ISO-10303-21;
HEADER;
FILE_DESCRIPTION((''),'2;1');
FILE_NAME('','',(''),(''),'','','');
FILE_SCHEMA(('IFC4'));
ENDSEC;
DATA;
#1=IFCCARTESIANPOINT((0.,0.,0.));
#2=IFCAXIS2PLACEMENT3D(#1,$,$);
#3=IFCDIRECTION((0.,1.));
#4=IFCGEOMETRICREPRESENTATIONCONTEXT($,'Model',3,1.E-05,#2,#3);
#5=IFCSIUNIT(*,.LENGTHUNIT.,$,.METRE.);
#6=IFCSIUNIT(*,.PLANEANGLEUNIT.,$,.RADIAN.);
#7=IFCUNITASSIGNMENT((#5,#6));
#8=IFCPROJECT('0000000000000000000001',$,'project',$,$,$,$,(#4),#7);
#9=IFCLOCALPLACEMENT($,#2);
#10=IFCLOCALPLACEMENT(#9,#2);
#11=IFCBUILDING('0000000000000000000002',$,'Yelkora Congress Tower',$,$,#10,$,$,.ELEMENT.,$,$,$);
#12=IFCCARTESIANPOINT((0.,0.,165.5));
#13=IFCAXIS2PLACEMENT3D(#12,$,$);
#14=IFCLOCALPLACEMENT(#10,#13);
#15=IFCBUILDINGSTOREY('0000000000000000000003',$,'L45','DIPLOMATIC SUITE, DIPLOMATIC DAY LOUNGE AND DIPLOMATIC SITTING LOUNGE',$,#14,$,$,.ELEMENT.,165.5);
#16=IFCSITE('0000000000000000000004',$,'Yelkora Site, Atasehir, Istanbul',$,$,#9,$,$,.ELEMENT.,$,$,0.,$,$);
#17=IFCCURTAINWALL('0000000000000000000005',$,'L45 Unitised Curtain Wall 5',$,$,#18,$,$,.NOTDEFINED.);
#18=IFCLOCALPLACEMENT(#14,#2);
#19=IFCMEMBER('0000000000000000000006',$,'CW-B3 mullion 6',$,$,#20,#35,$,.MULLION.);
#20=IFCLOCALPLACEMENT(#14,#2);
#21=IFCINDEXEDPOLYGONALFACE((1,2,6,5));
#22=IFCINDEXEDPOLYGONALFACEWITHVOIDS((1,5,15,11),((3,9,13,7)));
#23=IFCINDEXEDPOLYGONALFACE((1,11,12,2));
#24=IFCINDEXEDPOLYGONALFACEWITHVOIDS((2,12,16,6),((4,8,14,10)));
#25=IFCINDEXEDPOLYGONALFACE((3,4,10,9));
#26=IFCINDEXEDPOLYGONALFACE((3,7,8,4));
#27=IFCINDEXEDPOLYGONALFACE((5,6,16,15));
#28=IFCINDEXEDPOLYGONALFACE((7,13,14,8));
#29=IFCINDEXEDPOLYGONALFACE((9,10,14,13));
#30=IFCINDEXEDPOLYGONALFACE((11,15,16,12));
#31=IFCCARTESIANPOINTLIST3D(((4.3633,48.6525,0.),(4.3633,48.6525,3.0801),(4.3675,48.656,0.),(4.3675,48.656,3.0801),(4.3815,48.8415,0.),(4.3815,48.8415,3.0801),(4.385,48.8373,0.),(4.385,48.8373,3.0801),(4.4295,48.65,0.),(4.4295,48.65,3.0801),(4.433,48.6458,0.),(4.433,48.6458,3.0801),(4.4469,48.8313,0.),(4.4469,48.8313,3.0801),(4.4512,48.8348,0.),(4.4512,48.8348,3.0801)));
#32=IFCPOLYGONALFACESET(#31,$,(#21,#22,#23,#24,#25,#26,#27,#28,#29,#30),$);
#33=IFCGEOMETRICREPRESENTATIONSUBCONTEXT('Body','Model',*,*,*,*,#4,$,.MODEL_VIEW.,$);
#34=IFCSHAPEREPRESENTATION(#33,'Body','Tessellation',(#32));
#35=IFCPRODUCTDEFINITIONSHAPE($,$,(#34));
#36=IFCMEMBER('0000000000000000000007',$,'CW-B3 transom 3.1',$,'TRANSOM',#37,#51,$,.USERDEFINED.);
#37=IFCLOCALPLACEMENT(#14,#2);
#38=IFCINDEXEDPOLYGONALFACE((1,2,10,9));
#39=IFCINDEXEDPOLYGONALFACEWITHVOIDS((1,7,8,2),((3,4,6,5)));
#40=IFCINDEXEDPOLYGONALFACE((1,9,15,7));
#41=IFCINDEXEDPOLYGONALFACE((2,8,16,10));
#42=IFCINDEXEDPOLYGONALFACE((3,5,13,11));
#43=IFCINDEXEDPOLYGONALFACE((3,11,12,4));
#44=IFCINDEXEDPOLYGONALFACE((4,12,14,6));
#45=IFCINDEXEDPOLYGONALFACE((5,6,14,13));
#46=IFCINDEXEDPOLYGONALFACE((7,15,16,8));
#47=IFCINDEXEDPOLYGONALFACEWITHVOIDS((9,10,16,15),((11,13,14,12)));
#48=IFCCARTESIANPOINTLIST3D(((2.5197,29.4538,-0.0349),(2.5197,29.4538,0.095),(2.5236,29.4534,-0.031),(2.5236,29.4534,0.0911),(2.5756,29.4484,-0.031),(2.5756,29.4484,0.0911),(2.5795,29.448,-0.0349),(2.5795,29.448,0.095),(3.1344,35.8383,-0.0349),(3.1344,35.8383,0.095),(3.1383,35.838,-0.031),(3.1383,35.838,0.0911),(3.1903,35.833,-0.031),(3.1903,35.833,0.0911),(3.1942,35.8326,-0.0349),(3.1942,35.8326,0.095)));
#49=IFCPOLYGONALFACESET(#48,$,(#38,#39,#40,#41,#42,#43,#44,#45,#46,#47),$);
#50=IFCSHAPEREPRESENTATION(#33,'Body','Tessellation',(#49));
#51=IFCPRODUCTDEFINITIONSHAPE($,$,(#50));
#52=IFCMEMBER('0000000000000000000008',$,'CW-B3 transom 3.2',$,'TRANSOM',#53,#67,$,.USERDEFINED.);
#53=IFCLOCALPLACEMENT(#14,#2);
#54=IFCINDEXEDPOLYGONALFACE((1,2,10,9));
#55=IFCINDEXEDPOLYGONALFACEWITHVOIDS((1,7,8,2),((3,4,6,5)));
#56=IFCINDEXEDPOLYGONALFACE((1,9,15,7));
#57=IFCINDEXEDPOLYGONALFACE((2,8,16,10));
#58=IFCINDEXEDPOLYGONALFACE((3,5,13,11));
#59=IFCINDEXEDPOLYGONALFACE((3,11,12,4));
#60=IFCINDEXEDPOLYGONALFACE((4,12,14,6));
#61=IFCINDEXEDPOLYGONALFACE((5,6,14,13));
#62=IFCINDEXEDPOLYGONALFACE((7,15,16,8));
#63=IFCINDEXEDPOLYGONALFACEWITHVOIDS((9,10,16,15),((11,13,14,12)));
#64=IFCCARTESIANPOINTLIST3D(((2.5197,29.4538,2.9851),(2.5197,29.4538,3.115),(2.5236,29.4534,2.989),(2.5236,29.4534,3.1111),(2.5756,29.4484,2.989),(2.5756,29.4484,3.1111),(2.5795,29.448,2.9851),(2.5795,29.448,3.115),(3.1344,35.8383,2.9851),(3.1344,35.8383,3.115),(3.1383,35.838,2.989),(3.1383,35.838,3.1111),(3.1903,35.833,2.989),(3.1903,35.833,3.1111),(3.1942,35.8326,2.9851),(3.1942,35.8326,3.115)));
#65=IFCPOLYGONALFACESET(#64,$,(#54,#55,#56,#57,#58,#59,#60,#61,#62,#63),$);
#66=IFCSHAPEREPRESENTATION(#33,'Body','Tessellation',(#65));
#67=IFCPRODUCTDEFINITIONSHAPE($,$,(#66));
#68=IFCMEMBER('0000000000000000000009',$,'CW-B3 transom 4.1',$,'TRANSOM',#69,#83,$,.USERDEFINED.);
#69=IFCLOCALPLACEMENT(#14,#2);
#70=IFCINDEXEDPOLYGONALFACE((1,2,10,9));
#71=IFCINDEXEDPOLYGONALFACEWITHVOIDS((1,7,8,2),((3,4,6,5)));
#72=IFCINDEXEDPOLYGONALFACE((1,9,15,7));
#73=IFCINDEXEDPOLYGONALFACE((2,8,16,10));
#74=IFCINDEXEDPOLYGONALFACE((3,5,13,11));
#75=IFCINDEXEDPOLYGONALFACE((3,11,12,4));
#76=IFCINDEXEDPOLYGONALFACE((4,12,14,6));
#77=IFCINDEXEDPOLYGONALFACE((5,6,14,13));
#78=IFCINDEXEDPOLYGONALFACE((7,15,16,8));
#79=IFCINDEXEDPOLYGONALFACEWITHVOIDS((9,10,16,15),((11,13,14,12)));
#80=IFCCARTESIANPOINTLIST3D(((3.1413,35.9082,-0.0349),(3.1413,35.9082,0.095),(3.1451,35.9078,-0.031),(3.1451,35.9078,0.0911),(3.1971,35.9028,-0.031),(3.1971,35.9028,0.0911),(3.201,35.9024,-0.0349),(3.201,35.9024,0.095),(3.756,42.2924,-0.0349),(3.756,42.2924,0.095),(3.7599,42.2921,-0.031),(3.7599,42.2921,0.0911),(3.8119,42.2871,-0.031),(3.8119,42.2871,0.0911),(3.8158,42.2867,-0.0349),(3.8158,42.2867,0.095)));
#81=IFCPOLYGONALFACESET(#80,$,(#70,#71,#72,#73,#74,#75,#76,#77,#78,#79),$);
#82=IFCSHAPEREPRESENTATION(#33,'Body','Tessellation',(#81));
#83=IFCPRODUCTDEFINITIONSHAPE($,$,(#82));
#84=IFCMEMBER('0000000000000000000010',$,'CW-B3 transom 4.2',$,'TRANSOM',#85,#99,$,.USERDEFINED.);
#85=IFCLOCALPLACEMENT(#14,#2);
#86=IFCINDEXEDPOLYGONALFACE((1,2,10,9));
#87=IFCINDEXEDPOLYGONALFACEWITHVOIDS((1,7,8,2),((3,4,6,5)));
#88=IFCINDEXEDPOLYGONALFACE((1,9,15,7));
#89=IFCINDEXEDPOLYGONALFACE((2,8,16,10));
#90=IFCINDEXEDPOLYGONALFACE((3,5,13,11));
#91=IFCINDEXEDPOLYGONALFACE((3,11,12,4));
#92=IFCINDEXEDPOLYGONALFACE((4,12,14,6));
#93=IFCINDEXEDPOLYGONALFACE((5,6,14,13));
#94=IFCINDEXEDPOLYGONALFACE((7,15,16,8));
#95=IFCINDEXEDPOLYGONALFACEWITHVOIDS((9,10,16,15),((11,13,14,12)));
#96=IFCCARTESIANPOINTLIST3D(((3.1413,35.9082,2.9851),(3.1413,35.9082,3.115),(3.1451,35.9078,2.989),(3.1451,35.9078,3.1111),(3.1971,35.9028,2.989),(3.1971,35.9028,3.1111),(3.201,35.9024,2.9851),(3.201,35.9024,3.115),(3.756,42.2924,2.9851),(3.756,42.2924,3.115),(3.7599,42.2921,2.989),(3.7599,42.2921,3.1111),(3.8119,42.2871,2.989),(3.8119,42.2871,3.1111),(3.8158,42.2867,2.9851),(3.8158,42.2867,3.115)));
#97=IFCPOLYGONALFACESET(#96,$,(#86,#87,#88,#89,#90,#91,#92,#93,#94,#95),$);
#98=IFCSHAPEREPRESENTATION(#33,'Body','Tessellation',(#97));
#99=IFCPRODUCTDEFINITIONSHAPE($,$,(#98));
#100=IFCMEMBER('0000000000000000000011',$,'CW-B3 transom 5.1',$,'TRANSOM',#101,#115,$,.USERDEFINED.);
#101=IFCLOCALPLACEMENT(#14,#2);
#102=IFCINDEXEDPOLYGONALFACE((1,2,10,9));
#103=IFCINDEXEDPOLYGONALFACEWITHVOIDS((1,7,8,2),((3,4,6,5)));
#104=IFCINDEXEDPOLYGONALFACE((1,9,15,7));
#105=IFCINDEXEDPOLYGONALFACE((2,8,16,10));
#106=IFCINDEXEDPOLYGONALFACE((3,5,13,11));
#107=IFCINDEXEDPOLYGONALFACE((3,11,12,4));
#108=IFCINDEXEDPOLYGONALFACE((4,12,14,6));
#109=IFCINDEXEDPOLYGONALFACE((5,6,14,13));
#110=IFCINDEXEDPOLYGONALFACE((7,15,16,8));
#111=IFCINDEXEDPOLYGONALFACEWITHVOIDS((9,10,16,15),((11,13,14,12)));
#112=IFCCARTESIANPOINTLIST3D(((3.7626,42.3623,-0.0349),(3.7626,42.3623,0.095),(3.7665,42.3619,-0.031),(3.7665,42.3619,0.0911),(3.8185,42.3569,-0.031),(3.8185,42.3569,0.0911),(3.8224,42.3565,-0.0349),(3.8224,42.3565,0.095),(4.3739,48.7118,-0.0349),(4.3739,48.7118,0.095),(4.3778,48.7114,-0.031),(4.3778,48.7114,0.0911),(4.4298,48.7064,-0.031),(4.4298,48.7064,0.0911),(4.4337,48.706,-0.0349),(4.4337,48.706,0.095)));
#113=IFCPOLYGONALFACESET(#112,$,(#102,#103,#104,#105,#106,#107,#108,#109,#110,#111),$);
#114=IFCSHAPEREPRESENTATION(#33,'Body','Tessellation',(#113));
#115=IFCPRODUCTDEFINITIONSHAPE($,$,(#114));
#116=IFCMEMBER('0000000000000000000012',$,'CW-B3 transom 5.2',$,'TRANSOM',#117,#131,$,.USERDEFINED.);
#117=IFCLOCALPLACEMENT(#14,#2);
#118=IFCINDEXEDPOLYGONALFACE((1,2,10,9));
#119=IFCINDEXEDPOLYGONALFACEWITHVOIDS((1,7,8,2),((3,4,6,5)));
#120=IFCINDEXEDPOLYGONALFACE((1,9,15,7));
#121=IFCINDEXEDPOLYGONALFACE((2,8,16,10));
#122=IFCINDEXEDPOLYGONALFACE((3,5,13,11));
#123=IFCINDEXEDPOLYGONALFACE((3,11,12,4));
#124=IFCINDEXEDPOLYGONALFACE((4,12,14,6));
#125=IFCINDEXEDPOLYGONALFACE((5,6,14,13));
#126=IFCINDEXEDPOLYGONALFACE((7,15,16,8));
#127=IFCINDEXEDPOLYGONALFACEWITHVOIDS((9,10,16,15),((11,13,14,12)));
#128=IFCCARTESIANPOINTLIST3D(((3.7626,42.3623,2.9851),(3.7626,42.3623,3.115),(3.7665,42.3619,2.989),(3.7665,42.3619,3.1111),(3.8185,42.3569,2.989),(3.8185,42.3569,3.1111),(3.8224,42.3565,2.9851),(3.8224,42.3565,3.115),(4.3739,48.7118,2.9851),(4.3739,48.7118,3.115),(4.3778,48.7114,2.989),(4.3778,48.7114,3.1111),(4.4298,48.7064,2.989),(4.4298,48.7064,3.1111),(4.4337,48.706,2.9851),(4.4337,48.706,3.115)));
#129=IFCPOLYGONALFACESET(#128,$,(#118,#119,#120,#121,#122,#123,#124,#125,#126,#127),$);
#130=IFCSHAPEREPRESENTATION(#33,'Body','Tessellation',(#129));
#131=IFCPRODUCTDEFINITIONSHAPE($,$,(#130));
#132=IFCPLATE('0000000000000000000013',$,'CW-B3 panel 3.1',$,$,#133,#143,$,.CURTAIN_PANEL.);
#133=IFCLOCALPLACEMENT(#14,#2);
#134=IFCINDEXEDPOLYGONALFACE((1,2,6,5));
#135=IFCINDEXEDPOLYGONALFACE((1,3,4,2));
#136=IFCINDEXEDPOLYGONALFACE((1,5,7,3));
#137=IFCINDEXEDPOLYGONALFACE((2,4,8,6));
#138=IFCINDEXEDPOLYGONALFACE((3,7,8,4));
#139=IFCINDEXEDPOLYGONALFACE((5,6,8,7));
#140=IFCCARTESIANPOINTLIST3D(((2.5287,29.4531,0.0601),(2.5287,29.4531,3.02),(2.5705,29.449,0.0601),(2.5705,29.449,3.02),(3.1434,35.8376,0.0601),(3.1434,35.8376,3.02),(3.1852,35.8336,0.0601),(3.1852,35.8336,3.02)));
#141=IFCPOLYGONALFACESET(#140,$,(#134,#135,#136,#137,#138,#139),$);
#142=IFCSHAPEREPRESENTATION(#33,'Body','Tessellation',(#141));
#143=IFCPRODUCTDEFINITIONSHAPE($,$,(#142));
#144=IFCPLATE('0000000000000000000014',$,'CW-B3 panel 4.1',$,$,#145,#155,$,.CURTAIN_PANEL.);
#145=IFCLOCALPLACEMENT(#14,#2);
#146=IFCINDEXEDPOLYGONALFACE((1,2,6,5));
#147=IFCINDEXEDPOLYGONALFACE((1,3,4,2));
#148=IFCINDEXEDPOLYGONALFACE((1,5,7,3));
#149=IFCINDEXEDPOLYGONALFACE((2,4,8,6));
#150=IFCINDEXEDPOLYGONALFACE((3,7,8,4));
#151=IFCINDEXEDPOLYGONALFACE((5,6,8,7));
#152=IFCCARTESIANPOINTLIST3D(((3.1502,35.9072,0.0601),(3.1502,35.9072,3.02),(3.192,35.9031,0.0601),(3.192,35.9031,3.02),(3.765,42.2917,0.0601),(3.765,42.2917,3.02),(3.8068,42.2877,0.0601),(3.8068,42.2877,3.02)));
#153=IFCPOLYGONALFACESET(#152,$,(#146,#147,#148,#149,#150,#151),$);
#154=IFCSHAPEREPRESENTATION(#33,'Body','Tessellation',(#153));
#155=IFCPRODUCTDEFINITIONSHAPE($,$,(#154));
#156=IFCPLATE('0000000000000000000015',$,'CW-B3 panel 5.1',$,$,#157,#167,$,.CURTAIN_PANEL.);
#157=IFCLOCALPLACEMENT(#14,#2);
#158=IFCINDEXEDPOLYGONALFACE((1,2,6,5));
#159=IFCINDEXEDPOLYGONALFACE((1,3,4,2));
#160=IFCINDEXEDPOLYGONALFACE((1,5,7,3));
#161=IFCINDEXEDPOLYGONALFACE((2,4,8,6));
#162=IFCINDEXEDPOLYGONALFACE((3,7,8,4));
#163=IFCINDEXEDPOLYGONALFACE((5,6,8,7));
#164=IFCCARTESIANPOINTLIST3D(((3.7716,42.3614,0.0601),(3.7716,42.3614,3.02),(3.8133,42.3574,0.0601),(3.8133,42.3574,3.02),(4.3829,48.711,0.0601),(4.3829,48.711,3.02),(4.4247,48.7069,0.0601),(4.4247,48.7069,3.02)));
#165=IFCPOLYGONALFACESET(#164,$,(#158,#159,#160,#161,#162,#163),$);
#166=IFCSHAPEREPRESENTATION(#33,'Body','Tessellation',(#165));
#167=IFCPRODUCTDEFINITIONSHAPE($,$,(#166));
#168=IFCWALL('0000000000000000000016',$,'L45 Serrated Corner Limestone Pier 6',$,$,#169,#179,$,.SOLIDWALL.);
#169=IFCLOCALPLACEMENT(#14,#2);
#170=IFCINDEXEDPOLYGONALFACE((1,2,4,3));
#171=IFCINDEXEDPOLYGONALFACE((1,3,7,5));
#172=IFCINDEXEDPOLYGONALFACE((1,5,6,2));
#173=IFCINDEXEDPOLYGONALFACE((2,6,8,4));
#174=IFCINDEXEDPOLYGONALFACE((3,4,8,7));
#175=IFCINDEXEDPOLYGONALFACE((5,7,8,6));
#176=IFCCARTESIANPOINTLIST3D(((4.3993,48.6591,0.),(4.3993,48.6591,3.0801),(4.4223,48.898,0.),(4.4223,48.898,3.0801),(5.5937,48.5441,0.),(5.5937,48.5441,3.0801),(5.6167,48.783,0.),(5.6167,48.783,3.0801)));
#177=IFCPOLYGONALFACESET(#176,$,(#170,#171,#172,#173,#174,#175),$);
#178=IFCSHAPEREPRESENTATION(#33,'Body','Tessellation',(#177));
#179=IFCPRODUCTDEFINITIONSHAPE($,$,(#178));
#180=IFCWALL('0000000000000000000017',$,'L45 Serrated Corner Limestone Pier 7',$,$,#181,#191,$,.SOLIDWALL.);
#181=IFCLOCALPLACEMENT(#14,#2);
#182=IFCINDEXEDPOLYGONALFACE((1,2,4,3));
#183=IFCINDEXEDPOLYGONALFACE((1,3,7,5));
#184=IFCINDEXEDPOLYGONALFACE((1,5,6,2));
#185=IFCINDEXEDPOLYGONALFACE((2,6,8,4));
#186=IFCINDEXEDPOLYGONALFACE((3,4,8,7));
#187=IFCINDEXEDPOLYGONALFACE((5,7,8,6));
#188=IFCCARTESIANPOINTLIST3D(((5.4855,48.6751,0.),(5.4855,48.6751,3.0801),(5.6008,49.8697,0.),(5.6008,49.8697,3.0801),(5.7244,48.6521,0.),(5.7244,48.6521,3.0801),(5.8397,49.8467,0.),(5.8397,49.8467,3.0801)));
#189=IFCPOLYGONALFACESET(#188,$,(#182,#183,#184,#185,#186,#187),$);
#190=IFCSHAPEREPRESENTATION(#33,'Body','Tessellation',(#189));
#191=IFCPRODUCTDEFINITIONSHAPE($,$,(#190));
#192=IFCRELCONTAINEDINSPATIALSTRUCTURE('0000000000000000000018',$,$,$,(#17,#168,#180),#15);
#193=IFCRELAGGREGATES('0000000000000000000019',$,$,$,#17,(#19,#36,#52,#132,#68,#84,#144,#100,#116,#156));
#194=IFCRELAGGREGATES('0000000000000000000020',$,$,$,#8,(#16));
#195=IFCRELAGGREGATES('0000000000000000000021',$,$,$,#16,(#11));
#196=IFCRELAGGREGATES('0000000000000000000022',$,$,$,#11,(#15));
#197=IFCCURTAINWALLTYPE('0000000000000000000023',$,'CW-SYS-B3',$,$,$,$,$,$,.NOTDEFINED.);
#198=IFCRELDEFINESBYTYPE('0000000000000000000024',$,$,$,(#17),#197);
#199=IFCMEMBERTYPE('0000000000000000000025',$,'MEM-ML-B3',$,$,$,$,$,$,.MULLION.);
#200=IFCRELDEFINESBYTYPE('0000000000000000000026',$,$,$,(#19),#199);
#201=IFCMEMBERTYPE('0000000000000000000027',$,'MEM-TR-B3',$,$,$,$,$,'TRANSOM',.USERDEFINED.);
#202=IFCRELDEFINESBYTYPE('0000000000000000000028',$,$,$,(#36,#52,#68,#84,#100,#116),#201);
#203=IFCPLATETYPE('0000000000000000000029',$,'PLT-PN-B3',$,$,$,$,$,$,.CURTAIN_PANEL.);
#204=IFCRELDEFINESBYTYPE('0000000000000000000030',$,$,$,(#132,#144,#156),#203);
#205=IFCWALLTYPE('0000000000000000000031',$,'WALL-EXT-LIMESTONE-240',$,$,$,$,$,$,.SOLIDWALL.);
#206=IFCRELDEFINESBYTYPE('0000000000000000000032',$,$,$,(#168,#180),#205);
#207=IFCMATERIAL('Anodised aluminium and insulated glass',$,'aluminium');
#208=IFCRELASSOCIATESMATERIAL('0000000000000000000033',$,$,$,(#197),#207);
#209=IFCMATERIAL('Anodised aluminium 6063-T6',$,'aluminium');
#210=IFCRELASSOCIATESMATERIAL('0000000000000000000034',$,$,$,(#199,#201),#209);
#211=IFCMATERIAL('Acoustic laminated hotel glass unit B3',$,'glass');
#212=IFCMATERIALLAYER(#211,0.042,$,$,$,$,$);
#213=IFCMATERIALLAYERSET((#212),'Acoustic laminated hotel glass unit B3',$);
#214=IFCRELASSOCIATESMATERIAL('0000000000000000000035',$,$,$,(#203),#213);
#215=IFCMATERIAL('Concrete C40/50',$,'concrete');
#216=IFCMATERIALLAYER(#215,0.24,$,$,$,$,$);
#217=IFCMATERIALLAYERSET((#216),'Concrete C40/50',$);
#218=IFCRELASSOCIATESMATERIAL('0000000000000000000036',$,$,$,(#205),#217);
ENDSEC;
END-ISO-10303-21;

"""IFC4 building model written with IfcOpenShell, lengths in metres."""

from ifc_helpers import new_model, si_unit, direction, frame, frame_2d, origin, origin_2d, place, context, subcontext, project, spatial, rectangle, hollow_rectangle, extrude, material, layer, layer_set, material_profile, profile_set, type_object, element, aggregate, save


model = new_model("IFC4")

# Units and contexts
model_context = context("Model", 3, precision=1e-05, world=origin(), true_north=direction((0.0, 1.0)))
body_context = subcontext(model_context, "Body", "Model", "MODEL_VIEW")
ifc_project = project(units=[si_unit("LENGTHUNIT", "METRE"), si_unit("PLANEANGLEUNIT", "RADIAN")], contexts=[model_context])

# Site, building, storey
site_placement = place(None, origin())
site = spatial("IfcSite", under=ifc_project, at=site_placement, Name="Yelkora Site, Atasehir, Istanbul", CompositionType="ELEMENT", RefElevation=0.0)
building_placement = place(site_placement, origin())
building = spatial("IfcBuilding", under=site, at=building_placement, Name="Yelkora Congress Tower", CompositionType="ELEMENT")
storey_placement = place(building_placement, frame((0.0, 0.0, 165.5)))
storey = spatial("IfcBuildingStorey", under=building, at=storey_placement, Name="L45", Description="DIPLOMATIC SUITE, DIPLOMATIC DAY LOUNGE AND DIPLOMATIC SITTING LOUNGE", CompositionType="ELEMENT", Elevation=165.5)

# Curtain wall, members, plates
ifc_material_1 = material(Name="Anodised aluminium and insulated glass", Category="aluminium")
curtain_wall_type = type_object("IfcCurtainWallType", Name="CW-SYS-B3", PredefinedType="NOTDEFINED", material=ifc_material_1)
curtain_wall_placement = place(storey_placement, origin())
curtain_wall = element("IfcCurtainWall", 1, at=curtain_wall_placement, inside=storey, type_object=curtain_wall_type, Name="L45 Unitised Curtain Wall 5", PredefinedType="NOTDEFINED")
ifc_material_2 = material(Name="Anodised aluminium 6063-T6", Category="aluminium")
ifc_material_profile_1 = material_profile(ifc_material_2, hollow_rectangle(XDim=0.0701, YDim=0.1899, WallThickness=0.0039, at=origin_2d()), Name="ALU 70x190x4")
ifc_profile_set_1 = profile_set([ifc_material_profile_1], Name="Anodised aluminium 6063-T6")
member_type_1 = type_object("IfcMemberType", Name="MEM-ML-B3", PredefinedType="MULLION", material=ifc_profile_set_1)
member_1_placement = place(storey_placement, frame((4.4072, 48.7437, 0.0), z_axis=(0.0, 0.0, 1.0), x_axis=(-0.995396, 0.095845, 0.0)))
member_1 = element("IfcMember", 2, at=member_1_placement, type_object=member_type_1, Name="CW-B3 mullion 6", PredefinedType="MULLION", context=body_context, shape_type="SweptSolid", body=[
    extrude(hollow_rectangle(XDim=0.0701, YDim=0.1899, WallThickness=0.0039, at=origin_2d()), origin(), (0.0, 0.0, 1.0), 3.0801),
])
ifc_material_profile_2 = material_profile(ifc_material_2, hollow_rectangle(XDim=0.0601, YDim=0.1299, WallThickness=0.0039, at=origin_2d()), Name="ALU 60x130x4")
ifc_profile_set_2 = profile_set([ifc_material_profile_2], Name="Anodised aluminium 6063-T6")
member_type_2 = type_object("IfcMemberType", Name="MEM-TR-B3", ElementType="TRANSOM", PredefinedType="USERDEFINED", material=ifc_profile_set_2)
member_2_placement = place(storey_placement, frame((2.5496, 29.4509, 0.03), z_axis=(0.095844, 0.995396, 0.0), x_axis=(-0.995396, 0.095844, 0.0)))
member_2 = element("IfcMember", 3, at=member_2_placement, type_object=member_type_2, Name="CW-B3 transom 3.1", ObjectType="TRANSOM", PredefinedType="USERDEFINED", context=body_context, shape_type="SweptSolid", body=[
    extrude(hollow_rectangle(XDim=0.0601, YDim=0.1299, WallThickness=0.0039, at=origin_2d()), origin(), (0.0, 0.0, 1.0), 6.4141),
])
member_3_placement = place(storey_placement, frame((2.5496, 29.4509, 3.05), z_axis=(0.095844, 0.995396, 0.0), x_axis=(-0.995396, 0.095844, 0.0)))
member_3 = element("IfcMember", 4, at=member_3_placement, type_object=member_type_2, Name="CW-B3 transom 3.2", ObjectType="TRANSOM", PredefinedType="USERDEFINED", context=body_context, shape_type="SweptSolid", body=[
    extrude(hollow_rectangle(XDim=0.0601, YDim=0.1299, WallThickness=0.0039, at=origin_2d()), origin(), (0.0, 0.0, 1.0), 6.4141),
])
member_4_placement = place(storey_placement, frame((3.1711, 35.9053, 0.03), z_axis=(0.095847, 0.995396, 0.0), x_axis=(-0.995396, 0.095847, 0.0)))
member_4 = element("IfcMember", 5, at=member_4_placement, type_object=member_type_2, Name="CW-B3 transom 4.1", ObjectType="TRANSOM", PredefinedType="USERDEFINED", context=body_context, shape_type="SweptSolid", body=[
    extrude(hollow_rectangle(XDim=0.0601, YDim=0.1299, WallThickness=0.0039, at=origin_2d()), origin(), (0.0, 0.0, 1.0), 6.4138),
])
member_5_placement = place(storey_placement, frame((3.1711, 35.9053, 3.05), z_axis=(0.095847, 0.995396, 0.0), x_axis=(-0.995396, 0.095847, 0.0)))
member_5 = element("IfcMember", 6, at=member_5_placement, type_object=member_type_2, Name="CW-B3 transom 4.2", ObjectType="TRANSOM", PredefinedType="USERDEFINED", context=body_context, shape_type="SweptSolid", body=[
    extrude(hollow_rectangle(XDim=0.0601, YDim=0.1299, WallThickness=0.0039, at=origin_2d()), origin(), (0.0, 0.0, 1.0), 6.4138),
])
member_6_placement = place(storey_placement, frame((3.7925, 42.3594, 0.03), z_axis=(0.095835, 0.995397, 0.0), x_axis=(-0.995397, 0.095835, 0.0)))
member_6 = element("IfcMember", 7, at=member_6_placement, type_object=member_type_2, Name="CW-B3 transom 5.1", ObjectType="TRANSOM", PredefinedType="USERDEFINED", context=body_context, shape_type="SweptSolid", body=[
    extrude(hollow_rectangle(XDim=0.0601, YDim=0.1299, WallThickness=0.0039, at=origin_2d()), origin(), (0.0, 0.0, 1.0), 6.3789),
])
member_7_placement = place(storey_placement, frame((3.7925, 42.3594, 3.05), z_axis=(0.095835, 0.995397, 0.0), x_axis=(-0.995397, 0.095835, 0.0)))
member_7 = element("IfcMember", 8, at=member_7_placement, type_object=member_type_2, Name="CW-B3 transom 5.2", ObjectType="TRANSOM", PredefinedType="USERDEFINED", context=body_context, shape_type="SweptSolid", body=[
    extrude(hollow_rectangle(XDim=0.0601, YDim=0.1299, WallThickness=0.0039, at=origin_2d()), origin(), (0.0, 0.0, 1.0), 6.3789),
])
ifc_material_3 = material(Name="Acoustic laminated hotel glass unit B3", Category="glass")
ifc_layer_1 = layer(ifc_material_3, 0.042)
ifc_layer_set_1 = layer_set([ifc_layer_1], Name="Acoustic laminated hotel glass unit B3")
plate_type = type_object("IfcPlateType", Name="PLT-PN-B3", PredefinedType="CURTAIN_PANEL", material=ifc_layer_set_1)
plate_1_placement = place(storey_placement, frame((2.8569, 32.6433, 0.0601), z_axis=(0.0, 0.0, 1.0), x_axis=(0.095845, 0.995396, 0.0)))
plate_1 = element("IfcPlate", 9, at=plate_1_placement, type_object=plate_type, Name="CW-B3 panel 3.1", PredefinedType="CURTAIN_PANEL", context=body_context, shape_type="SweptSolid", body=[
    extrude(rectangle(XDim=6.4141, YDim=0.042, at=origin_2d()), origin(), (0.0, 0.0, 1.0), 2.96),
])
plate_2_placement = place(storey_placement, frame((3.4785, 39.0974, 0.0601), z_axis=(0.0, 0.0, 1.0), x_axis=(0.095845, 0.995396, 0.0)))
plate_2 = element("IfcPlate", 10, at=plate_2_placement, type_object=plate_type, Name="CW-B3 panel 4.1", PredefinedType="CURTAIN_PANEL", context=body_context, shape_type="SweptSolid", body=[
    extrude(rectangle(XDim=6.4141, YDim=0.042, at=origin_2d()), origin(), (0.0, 0.0, 1.0), 2.96),
])
plate_3_placement = place(storey_placement, frame((4.0981, 45.5342, 0.0601), z_axis=(0.0, 0.0, 1.0), x_axis=(0.095845, 0.995396, 0.0)))
plate_3 = element("IfcPlate", 11, at=plate_3_placement, type_object=plate_type, Name="CW-B3 panel 5.1", PredefinedType="CURTAIN_PANEL", context=body_context, shape_type="SweptSolid", body=[
    extrude(rectangle(XDim=6.3789, YDim=0.042, at=origin_2d()), origin(), (0.0, 0.0, 1.0), 2.96),
])
aggregate(curtain_wall, [member_1, member_2, member_3, plate_1, member_4, member_5, plate_2, member_6, member_7, plate_3])

# Walls
ifc_material_4 = material(Name="Concrete C40/50", Category="concrete")
ifc_layer_2 = layer(ifc_material_4, 0.24)
ifc_layer_set_2 = layer_set([ifc_layer_2], Name="Concrete C40/50")
wall_type_1 = type_object("IfcWallType", Name="WALL-EXT-LIMESTONE-240", PredefinedType="SOLIDWALL", material=ifc_layer_set_2)
wall_1_placement = place(storey_placement, frame((4.4106, 48.7786, 0.0), z_axis=(0.0, 0.0, 1.0), x_axis=(0.995397, -0.095836, 0.0)))
element("IfcWall", 12, at=wall_1_placement, inside=storey, type_object=wall_type_1, Name="L45 Serrated Corner Limestone Pier 6", PredefinedType="SOLIDWALL", context=body_context, shape_type="SweptSolid", body=[
    extrude(rectangle(XDim=1.2, YDim=0.24, at=frame_2d((0.6001, 0.0))), origin(), (0.0, 0.0, 1.0), 3.0801),
])
wall_2_placement = place(storey_placement, frame((5.605, 48.6636, 0.0), z_axis=(0.0, 0.0, 1.0), x_axis=(0.096019, 0.99538, 0.0)))
element("IfcWall", 13, at=wall_2_placement, inside=storey, type_object=wall_type_1, Name="L45 Serrated Corner Limestone Pier 7", PredefinedType="SOLIDWALL", context=body_context, shape_type="SweptSolid", body=[
    extrude(rectangle(XDim=1.2002, YDim=0.24, at=frame_2d((0.6001, 0.0))), origin(), (0.0, 0.0, 1.0), 3.0801),
])

save(model, "model.ifc")
